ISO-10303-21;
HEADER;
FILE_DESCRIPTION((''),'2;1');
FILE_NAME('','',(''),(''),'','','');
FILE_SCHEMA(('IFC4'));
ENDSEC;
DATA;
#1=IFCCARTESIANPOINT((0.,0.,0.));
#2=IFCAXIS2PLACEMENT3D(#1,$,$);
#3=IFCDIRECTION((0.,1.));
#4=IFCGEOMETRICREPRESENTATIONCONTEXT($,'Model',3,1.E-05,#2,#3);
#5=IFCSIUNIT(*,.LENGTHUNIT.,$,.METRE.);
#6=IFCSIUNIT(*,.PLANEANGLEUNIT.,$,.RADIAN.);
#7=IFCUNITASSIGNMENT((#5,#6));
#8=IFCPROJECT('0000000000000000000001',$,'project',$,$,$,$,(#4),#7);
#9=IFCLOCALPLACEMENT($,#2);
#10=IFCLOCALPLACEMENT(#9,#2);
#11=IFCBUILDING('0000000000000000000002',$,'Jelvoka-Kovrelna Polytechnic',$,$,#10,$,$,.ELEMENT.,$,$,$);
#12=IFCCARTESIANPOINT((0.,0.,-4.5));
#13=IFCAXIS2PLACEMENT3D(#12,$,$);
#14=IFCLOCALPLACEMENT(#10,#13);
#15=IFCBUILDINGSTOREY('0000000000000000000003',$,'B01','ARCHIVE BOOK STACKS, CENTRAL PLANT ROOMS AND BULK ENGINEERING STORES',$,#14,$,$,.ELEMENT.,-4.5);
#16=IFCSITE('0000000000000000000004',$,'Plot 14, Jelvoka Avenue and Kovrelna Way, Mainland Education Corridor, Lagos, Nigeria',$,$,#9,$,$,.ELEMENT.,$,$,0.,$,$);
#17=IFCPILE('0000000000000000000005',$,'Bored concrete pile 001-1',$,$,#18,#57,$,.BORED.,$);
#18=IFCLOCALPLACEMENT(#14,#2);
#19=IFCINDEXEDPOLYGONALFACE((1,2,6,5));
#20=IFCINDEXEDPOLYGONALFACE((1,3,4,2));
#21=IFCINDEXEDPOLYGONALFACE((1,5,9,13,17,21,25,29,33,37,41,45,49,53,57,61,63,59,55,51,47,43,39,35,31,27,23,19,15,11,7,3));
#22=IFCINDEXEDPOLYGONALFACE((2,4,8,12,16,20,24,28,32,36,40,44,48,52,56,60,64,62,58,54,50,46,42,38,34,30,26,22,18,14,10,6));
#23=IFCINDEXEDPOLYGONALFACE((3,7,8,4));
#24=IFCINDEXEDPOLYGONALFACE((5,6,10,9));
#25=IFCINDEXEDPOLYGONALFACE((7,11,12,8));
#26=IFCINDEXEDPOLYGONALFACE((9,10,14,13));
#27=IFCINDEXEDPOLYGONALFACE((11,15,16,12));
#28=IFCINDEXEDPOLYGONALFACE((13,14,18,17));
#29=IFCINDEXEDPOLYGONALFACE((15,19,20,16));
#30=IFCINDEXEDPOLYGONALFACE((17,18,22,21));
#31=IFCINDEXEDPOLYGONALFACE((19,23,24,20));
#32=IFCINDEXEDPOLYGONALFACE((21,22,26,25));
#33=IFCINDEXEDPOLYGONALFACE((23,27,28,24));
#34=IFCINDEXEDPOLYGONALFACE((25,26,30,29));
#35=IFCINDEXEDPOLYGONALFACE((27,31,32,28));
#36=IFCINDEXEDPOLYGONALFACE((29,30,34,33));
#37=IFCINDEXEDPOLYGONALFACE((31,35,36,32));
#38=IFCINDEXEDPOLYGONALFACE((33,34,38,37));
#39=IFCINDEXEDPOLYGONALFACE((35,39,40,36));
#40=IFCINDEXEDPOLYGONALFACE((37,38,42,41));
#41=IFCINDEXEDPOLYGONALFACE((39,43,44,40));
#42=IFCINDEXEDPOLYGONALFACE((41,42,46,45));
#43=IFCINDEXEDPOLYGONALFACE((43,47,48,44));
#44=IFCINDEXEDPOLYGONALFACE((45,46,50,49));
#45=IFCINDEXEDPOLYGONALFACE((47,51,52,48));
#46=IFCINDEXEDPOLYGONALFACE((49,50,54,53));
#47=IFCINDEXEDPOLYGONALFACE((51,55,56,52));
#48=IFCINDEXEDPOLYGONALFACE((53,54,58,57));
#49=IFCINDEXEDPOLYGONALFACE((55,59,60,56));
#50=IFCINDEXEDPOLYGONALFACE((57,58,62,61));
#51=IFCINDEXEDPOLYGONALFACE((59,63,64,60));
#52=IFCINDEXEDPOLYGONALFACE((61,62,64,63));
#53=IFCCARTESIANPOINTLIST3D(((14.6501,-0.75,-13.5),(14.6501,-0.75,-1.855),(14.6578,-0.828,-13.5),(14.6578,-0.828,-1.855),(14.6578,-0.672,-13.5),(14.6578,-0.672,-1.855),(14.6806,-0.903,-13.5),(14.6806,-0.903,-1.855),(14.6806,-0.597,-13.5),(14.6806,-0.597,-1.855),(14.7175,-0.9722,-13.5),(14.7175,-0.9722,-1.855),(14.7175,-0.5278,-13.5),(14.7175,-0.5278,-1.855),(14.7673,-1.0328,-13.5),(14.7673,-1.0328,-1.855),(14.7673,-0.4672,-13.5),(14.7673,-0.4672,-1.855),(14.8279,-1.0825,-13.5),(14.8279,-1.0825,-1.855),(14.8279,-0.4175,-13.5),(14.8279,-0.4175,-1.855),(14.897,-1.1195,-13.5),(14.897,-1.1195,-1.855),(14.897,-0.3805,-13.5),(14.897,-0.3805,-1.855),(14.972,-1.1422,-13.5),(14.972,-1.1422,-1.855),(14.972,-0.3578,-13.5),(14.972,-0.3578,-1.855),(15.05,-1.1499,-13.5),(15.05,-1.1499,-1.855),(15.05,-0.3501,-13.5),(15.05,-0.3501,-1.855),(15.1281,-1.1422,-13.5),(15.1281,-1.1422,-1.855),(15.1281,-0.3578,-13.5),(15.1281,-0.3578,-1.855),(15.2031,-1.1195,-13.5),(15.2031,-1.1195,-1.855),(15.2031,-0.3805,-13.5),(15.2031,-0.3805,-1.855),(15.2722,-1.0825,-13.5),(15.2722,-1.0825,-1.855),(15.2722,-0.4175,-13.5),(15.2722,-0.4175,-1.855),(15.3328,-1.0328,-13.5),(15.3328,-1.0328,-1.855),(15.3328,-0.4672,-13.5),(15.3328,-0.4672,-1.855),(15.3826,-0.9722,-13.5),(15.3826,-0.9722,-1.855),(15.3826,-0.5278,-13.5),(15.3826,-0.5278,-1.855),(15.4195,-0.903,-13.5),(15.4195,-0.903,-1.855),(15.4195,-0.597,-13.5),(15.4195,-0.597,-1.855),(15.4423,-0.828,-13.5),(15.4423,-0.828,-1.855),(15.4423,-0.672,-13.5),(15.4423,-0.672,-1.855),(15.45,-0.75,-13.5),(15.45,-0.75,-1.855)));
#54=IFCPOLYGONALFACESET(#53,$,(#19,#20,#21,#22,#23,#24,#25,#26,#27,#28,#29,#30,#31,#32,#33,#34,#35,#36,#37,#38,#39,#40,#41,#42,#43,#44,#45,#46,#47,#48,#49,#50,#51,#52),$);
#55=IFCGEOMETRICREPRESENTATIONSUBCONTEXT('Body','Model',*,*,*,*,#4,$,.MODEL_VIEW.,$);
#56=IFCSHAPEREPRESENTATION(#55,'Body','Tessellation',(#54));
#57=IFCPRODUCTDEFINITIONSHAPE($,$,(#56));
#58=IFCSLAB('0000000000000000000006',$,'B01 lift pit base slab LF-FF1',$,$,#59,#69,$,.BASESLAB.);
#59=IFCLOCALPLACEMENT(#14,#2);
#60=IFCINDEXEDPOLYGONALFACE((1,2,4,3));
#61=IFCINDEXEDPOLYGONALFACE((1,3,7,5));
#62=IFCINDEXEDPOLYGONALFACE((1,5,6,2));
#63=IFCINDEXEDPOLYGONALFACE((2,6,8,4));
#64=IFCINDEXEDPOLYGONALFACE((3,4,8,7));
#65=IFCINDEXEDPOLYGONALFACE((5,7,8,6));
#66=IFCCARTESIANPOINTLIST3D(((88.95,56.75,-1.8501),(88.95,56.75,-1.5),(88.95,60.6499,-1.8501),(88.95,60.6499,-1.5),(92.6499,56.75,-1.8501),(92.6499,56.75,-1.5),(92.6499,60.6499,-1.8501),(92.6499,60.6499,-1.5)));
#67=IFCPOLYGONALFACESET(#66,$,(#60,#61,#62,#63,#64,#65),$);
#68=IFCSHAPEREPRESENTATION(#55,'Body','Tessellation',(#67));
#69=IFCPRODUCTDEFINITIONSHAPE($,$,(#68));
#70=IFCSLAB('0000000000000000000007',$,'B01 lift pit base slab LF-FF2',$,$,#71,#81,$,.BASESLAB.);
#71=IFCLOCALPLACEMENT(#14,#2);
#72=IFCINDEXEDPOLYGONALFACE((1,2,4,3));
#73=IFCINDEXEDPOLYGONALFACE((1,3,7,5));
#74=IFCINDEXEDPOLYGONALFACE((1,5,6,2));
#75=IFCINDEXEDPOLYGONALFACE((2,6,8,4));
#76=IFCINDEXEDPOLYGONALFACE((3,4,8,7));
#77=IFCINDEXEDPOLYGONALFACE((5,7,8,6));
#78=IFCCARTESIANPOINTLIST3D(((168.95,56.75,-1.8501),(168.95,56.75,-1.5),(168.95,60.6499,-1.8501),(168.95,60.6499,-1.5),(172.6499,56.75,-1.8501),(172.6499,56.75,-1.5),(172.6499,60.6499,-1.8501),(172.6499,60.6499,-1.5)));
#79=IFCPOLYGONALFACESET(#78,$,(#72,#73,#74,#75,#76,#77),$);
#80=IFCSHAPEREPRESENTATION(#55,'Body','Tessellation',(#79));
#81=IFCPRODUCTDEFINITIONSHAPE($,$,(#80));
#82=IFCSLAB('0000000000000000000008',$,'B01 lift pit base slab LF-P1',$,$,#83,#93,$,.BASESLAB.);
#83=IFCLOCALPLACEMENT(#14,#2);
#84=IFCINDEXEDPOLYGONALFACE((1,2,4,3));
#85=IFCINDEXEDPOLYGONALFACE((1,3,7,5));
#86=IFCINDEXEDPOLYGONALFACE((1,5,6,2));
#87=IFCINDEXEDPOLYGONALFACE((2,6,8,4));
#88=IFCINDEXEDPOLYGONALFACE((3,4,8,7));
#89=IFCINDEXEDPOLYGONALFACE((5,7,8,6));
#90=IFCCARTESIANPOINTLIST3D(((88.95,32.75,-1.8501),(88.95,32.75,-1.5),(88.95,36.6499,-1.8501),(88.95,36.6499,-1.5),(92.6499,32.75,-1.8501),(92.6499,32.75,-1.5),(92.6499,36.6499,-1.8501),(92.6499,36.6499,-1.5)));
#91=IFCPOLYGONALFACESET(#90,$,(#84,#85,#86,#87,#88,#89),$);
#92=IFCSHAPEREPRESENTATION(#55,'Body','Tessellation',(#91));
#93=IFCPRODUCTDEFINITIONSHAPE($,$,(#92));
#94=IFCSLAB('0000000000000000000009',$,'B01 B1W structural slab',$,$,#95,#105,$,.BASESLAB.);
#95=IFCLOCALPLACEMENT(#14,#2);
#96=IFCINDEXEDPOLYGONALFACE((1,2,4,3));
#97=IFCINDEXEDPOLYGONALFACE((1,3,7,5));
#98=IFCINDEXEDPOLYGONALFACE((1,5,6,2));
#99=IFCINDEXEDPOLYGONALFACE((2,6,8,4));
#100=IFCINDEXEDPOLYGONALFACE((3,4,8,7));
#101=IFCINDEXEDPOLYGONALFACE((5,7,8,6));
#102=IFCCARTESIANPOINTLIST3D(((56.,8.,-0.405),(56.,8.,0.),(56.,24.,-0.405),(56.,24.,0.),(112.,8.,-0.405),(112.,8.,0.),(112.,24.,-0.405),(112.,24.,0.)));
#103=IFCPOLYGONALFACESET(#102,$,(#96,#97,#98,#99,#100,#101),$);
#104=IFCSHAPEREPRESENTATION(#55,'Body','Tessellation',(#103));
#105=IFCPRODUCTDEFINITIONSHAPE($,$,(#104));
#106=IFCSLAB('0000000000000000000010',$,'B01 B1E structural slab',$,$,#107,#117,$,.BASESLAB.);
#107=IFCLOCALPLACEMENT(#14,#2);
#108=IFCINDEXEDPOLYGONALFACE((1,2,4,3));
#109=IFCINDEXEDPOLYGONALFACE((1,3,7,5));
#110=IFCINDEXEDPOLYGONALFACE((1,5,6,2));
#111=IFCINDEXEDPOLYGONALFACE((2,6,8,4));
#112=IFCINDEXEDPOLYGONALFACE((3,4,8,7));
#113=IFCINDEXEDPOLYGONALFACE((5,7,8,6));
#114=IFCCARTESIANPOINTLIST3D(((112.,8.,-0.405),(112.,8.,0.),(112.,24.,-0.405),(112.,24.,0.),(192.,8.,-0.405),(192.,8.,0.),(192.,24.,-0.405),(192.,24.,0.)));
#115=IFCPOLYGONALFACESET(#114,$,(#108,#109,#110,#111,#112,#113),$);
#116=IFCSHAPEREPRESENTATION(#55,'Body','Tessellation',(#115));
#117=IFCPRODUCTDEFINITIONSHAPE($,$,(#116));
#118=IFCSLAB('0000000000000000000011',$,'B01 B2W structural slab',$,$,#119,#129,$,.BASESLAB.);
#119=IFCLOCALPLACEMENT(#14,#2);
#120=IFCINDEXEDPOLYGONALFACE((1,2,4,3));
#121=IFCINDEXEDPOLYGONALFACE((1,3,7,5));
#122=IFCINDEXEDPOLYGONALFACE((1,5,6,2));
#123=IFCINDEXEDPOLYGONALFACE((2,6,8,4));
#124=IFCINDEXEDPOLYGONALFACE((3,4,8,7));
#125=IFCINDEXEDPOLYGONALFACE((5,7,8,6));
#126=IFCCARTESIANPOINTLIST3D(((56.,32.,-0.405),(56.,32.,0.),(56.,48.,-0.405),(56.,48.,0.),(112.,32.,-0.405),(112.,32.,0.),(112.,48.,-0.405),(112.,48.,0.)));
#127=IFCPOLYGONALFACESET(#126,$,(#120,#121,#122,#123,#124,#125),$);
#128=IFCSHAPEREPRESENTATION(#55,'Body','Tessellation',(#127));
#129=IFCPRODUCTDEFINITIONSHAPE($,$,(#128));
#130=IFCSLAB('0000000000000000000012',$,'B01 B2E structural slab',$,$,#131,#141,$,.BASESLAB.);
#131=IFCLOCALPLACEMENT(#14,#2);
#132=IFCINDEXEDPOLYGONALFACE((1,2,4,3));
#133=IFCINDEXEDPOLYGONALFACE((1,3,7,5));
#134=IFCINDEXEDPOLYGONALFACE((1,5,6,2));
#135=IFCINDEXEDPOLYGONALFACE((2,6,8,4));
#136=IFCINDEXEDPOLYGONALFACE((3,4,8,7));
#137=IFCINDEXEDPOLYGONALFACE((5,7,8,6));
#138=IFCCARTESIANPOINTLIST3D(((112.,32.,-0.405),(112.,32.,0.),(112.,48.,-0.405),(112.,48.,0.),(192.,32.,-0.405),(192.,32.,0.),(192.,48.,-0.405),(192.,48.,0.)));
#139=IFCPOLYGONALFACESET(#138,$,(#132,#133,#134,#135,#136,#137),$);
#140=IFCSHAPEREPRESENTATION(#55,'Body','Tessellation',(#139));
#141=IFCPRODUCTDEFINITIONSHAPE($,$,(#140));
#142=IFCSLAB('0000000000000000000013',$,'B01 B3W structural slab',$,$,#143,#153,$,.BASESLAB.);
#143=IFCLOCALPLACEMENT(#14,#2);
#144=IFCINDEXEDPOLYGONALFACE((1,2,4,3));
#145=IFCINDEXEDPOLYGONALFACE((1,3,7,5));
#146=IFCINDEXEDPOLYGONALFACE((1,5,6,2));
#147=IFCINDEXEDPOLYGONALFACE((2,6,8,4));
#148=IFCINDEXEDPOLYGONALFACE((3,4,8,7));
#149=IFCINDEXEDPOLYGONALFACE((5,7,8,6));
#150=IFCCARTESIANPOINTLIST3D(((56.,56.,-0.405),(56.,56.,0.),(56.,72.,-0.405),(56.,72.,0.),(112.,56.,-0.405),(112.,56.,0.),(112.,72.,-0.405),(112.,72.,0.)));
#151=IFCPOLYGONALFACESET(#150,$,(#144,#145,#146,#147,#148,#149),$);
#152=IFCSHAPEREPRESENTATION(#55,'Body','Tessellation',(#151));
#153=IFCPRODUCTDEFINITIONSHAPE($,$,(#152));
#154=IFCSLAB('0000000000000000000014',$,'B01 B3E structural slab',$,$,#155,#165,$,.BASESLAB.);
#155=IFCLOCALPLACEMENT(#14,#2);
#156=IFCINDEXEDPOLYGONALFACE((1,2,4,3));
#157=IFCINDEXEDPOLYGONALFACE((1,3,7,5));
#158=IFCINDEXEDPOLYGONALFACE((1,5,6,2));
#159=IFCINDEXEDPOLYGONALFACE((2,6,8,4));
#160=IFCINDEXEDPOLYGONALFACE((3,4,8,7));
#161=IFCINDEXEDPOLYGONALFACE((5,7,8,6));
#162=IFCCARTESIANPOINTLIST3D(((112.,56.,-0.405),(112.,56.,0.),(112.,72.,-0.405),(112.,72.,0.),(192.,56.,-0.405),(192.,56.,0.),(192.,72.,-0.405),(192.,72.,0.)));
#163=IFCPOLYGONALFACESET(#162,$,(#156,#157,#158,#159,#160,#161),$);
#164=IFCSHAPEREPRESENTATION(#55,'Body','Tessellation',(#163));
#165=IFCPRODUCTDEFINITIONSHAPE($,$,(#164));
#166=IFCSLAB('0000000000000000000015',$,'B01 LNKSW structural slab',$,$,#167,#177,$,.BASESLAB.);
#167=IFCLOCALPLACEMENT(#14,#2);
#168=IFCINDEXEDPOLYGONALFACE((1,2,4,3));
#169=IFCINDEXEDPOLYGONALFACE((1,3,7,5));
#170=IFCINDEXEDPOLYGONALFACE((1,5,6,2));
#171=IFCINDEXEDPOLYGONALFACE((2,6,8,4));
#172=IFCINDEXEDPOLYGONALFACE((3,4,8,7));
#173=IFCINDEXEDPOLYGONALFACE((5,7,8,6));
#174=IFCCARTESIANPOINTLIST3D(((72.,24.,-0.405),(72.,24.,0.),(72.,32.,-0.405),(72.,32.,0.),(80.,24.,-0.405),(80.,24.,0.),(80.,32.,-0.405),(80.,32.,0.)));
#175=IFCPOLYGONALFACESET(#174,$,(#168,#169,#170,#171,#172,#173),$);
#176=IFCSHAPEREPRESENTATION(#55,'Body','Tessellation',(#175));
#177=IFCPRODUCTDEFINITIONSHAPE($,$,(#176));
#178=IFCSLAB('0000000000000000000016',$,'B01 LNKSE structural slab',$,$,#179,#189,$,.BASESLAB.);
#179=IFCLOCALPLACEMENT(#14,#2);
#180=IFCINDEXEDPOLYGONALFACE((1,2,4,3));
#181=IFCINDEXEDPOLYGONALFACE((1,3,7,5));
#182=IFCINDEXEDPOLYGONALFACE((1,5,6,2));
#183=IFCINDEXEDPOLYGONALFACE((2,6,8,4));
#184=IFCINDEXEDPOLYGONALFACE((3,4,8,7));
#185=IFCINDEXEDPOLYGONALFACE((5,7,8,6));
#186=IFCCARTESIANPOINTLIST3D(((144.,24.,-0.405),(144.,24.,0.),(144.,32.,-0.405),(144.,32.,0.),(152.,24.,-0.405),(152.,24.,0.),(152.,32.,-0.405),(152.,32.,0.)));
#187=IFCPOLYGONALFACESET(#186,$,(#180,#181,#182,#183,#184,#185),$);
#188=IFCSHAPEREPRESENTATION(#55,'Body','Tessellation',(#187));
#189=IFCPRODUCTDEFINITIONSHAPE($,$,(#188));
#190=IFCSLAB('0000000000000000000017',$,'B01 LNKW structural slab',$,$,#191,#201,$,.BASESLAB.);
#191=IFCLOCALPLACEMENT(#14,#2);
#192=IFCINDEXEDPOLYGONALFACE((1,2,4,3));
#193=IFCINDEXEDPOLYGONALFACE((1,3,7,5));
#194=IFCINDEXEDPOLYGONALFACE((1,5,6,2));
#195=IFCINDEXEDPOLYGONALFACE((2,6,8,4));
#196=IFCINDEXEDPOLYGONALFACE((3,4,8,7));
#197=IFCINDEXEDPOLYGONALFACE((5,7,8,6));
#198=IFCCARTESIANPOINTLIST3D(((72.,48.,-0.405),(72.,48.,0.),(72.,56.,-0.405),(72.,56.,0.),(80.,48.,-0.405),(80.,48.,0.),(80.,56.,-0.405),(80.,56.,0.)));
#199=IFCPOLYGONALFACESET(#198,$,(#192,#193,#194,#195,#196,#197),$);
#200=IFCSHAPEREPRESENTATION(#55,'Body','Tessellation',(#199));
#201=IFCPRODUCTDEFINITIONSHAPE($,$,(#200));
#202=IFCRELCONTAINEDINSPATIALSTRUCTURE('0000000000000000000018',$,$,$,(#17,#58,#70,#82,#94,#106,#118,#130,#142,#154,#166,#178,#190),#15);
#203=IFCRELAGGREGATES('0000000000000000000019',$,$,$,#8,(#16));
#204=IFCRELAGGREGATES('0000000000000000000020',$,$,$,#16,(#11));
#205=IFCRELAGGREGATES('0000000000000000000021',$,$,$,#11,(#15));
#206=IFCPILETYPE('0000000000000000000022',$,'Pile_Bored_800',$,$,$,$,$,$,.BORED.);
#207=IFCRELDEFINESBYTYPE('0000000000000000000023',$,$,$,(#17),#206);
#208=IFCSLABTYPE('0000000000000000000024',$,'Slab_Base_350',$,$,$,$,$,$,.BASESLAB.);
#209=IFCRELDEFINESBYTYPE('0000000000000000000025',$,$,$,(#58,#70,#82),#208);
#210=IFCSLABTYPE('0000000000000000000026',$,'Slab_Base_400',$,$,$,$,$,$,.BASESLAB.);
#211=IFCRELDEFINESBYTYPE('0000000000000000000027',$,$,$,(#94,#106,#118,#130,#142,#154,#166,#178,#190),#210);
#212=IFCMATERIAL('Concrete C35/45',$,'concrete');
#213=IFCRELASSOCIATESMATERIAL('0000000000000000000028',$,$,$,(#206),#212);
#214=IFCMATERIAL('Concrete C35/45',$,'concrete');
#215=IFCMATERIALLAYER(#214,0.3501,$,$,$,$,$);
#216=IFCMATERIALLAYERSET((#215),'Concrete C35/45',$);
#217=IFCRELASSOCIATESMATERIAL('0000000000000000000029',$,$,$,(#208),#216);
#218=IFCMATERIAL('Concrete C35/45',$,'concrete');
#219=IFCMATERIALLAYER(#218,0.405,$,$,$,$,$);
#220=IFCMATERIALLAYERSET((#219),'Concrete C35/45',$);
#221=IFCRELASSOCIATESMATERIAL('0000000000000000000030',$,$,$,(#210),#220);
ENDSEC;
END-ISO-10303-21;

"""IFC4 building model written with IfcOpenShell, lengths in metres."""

from ifc_helpers import new_model, si_unit, direction, frame, origin, origin_2d, place, context, subcontext, project, spatial, polyline, circle, outline, extrude, material, layer, layer_set, material_profile, profile_set, type_object, element, save


model = new_model("IFC4")

# Units and contexts
model_context = context("Model", 3, precision=1e-05, world=origin(), true_north=direction((0.0, 1.0)))
body_context = subcontext(model_context, "Body", "Model", "MODEL_VIEW")
ifc_project = project(units=[si_unit("LENGTHUNIT", "METRE"), si_unit("PLANEANGLEUNIT", "RADIAN")], contexts=[model_context])

# Site, building, storey
site_placement = place(None, origin())
site = spatial("IfcSite", under=ifc_project, at=site_placement, Name="Plot 14, Jelvoka Avenue and Kovrelna Way, Mainland Education Corridor, Lagos, Nigeria", CompositionType="ELEMENT", RefElevation=0.0)
building_placement = place(site_placement, origin())
building = spatial("IfcBuilding", under=site, at=building_placement, Name="Jelvoka-Kovrelna Polytechnic", CompositionType="ELEMENT")
storey_placement = place(building_placement, frame((0.0, 0.0, -4.5)))
storey = spatial("IfcBuildingStorey", under=building, at=storey_placement, Name="B01", Description="ARCHIVE BOOK STACKS, CENTRAL PLANT ROOMS AND BULK ENGINEERING STORES", CompositionType="ELEMENT", Elevation=-4.5)

# Pile
ifc_material_1 = material(Name="Concrete C35/45", Category="concrete")
ifc_material_profile = material_profile(ifc_material_1, circle(Radius=0.3999, at=origin_2d()), Name="PILE D800")
ifc_profile_set = profile_set([ifc_material_profile], Name="Concrete C35/45")
pile_type = type_object("IfcPileType", Name="Pile_Bored_800", PredefinedType="BORED", material=ifc_profile_set)
pile_placement = place(storey_placement, frame((15.05, -0.75, -1.855), z_axis=(0.0, 0.0, -1.0), x_axis=(1.0, 0.0, 0.0)))
element("IfcPile", 1, at=pile_placement, inside=storey, type_object=pile_type, Name="Bored concrete pile 001-1", PredefinedType="BORED", context=body_context, shape_type="SweptSolid", body=[
    extrude(circle(Radius=0.3999, at=origin_2d()), origin(), (0.0, 0.0, 1.0), 11.645),
])

# Slabs
ifc_material_2 = material(Name="Concrete C35/45", Category="concrete")
ifc_layer_1 = layer(ifc_material_2, 0.3501)
ifc_layer_set_1 = layer_set([ifc_layer_1], Name="Concrete C35/45")
slab_type_1 = type_object("IfcSlabType", Name="Slab_Base_350", PredefinedType="BASESLAB", material=ifc_layer_set_1)
slab_1_placement = place(storey_placement, frame((0.0, 0.0, -1.8501)))
element("IfcSlab", 2, at=slab_1_placement, inside=storey, type_object=slab_type_1, Name="B01 lift pit base slab LF-FF1", PredefinedType="BASESLAB", context=body_context, shape_type="SweptSolid", body=[
    extrude(outline(polyline([(88.95, 56.75), (92.6499, 56.75), (92.6499, 60.6499), (88.95, 60.6499), (88.95, 56.75)])), origin(), (0.0, 0.0, 1.0), 0.3501),
])
slab_2_placement = place(storey_placement, frame((0.0, 0.0, -1.8501)))
element("IfcSlab", 3, at=slab_2_placement, inside=storey, type_object=slab_type_1, Name="B01 lift pit base slab LF-FF2", PredefinedType="BASESLAB", context=body_context, shape_type="SweptSolid", body=[
    extrude(outline(polyline([(168.95, 56.75), (172.6499, 56.75), (172.6499, 60.6499), (168.95, 60.6499), (168.95, 56.75)])), origin(), (0.0, 0.0, 1.0), 0.3501),
])
slab_3_placement = place(storey_placement, frame((0.0, 0.0, -1.8501)))
element("IfcSlab", 4, at=slab_3_placement, inside=storey, type_object=slab_type_1, Name="B01 lift pit base slab LF-P1", PredefinedType="BASESLAB", context=body_context, shape_type="SweptSolid", body=[
    extrude(outline(polyline([(88.95, 32.75), (92.6499, 32.75), (92.6499, 36.6499), (88.95, 36.6499), (88.95, 32.75)])), origin(), (0.0, 0.0, 1.0), 0.3501),
])
ifc_material_3 = material(Name="Concrete C35/45", Category="concrete")
ifc_layer_2 = layer(ifc_material_3, 0.405)
ifc_layer_set_2 = layer_set([ifc_layer_2], Name="Concrete C35/45")
slab_type_2 = type_object("IfcSlabType", Name="Slab_Base_400", PredefinedType="BASESLAB", material=ifc_layer_set_2)
slab_4_placement = place(storey_placement, frame((0.0, 0.0, -0.405)))
element("IfcSlab", 5, at=slab_4_placement, inside=storey, type_object=slab_type_2, Name="B01 B1W structural slab", PredefinedType="BASESLAB", context=body_context, shape_type="SweptSolid", body=[
    extrude(outline(polyline([(56.0, 8.0), (112.0, 8.0), (112.0, 24.0), (56.0, 24.0), (56.0, 8.0)])), origin(), (0.0, 0.0, 1.0), 0.405),
])
slab_5_placement = place(storey_placement, frame((0.0, 0.0, -0.405)))
element("IfcSlab", 6, at=slab_5_placement, inside=storey, type_object=slab_type_2, Name="B01 B1E structural slab", PredefinedType="BASESLAB", context=body_context, shape_type="SweptSolid", body=[
    extrude(outline(polyline([(112.0, 8.0), (192.0, 8.0), (192.0, 24.0), (112.0, 24.0), (112.0, 8.0)])), origin(), (0.0, 0.0, 1.0), 0.405),
])
slab_6_placement = place(storey_placement, frame((0.0, 0.0, -0.405)))
element("IfcSlab", 7, at=slab_6_placement, inside=storey, type_object=slab_type_2, Name="B01 B2W structural slab", PredefinedType="BASESLAB", context=body_context, shape_type="SweptSolid", body=[
    extrude(outline(polyline([(56.0, 32.0), (112.0, 32.0), (112.0, 48.0), (56.0, 48.0), (56.0, 32.0)])), origin(), (0.0, 0.0, 1.0), 0.405),
])
slab_7_placement = place(storey_placement, frame((0.0, 0.0, -0.405)))
element("IfcSlab", 8, at=slab_7_placement, inside=storey, type_object=slab_type_2, Name="B01 B2E structural slab", PredefinedType="BASESLAB", context=body_context, shape_type="SweptSolid", body=[
    extrude(outline(polyline([(112.0, 32.0), (192.0, 32.0), (192.0, 48.0), (112.0, 48.0), (112.0, 32.0)])), origin(), (0.0, 0.0, 1.0), 0.405),
])
slab_8_placement = place(storey_placement, frame((0.0, 0.0, -0.405)))
element("IfcSlab", 9, at=slab_8_placement, inside=storey, type_object=slab_type_2, Name="B01 B3W structural slab", PredefinedType="BASESLAB", context=body_context, shape_type="SweptSolid", body=[
    extrude(outline(polyline([(56.0, 56.0), (112.0, 56.0), (112.0, 72.0), (56.0, 72.0), (56.0, 56.0)])), origin(), (0.0, 0.0, 1.0), 0.405),
])
slab_9_placement = place(storey_placement, frame((0.0, 0.0, -0.405)))
element("IfcSlab", 10, at=slab_9_placement, inside=storey, type_object=slab_type_2, Name="B01 B3E structural slab", PredefinedType="BASESLAB", context=body_context, shape_type="SweptSolid", body=[
    extrude(outline(polyline([(112.0, 56.0), (192.0, 56.0), (192.0, 72.0), (112.0, 72.0), (112.0, 56.0)])), origin(), (0.0, 0.0, 1.0), 0.405),
])
slab_10_placement = place(storey_placement, frame((0.0, 0.0, -0.405)))
element("IfcSlab", 11, at=slab_10_placement, inside=storey, type_object=slab_type_2, Name="B01 LNKSW structural slab", PredefinedType="BASESLAB", context=body_context, shape_type="SweptSolid", body=[
    extrude(outline(polyline([(72.0, 24.0), (80.0, 24.0), (80.0, 32.0), (72.0, 32.0), (72.0, 24.0)])), origin(), (0.0, 0.0, 1.0), 0.405),
])
slab_11_placement = place(storey_placement, frame((0.0, 0.0, -0.405)))
element("IfcSlab", 12, at=slab_11_placement, inside=storey, type_object=slab_type_2, Name="B01 LNKSE structural slab", PredefinedType="BASESLAB", context=body_context, shape_type="SweptSolid", body=[
    extrude(outline(polyline([(144.0, 24.0), (152.0, 24.0), (152.0, 32.0), (144.0, 32.0), (144.0, 24.0)])), origin(), (0.0, 0.0, 1.0), 0.405),
])
slab_12_placement = place(storey_placement, frame((0.0, 0.0, -0.405)))
element("IfcSlab", 13, at=slab_12_placement, inside=storey, type_object=slab_type_2, Name="B01 LNKW structural slab", PredefinedType="BASESLAB", context=body_context, shape_type="SweptSolid", body=[
    extrude(outline(polyline([(72.0, 48.0), (80.0, 48.0), (80.0, 56.0), (72.0, 56.0), (72.0, 48.0)])), origin(), (0.0, 0.0, 1.0), 0.405),
])

save(model, "model.ifc")
